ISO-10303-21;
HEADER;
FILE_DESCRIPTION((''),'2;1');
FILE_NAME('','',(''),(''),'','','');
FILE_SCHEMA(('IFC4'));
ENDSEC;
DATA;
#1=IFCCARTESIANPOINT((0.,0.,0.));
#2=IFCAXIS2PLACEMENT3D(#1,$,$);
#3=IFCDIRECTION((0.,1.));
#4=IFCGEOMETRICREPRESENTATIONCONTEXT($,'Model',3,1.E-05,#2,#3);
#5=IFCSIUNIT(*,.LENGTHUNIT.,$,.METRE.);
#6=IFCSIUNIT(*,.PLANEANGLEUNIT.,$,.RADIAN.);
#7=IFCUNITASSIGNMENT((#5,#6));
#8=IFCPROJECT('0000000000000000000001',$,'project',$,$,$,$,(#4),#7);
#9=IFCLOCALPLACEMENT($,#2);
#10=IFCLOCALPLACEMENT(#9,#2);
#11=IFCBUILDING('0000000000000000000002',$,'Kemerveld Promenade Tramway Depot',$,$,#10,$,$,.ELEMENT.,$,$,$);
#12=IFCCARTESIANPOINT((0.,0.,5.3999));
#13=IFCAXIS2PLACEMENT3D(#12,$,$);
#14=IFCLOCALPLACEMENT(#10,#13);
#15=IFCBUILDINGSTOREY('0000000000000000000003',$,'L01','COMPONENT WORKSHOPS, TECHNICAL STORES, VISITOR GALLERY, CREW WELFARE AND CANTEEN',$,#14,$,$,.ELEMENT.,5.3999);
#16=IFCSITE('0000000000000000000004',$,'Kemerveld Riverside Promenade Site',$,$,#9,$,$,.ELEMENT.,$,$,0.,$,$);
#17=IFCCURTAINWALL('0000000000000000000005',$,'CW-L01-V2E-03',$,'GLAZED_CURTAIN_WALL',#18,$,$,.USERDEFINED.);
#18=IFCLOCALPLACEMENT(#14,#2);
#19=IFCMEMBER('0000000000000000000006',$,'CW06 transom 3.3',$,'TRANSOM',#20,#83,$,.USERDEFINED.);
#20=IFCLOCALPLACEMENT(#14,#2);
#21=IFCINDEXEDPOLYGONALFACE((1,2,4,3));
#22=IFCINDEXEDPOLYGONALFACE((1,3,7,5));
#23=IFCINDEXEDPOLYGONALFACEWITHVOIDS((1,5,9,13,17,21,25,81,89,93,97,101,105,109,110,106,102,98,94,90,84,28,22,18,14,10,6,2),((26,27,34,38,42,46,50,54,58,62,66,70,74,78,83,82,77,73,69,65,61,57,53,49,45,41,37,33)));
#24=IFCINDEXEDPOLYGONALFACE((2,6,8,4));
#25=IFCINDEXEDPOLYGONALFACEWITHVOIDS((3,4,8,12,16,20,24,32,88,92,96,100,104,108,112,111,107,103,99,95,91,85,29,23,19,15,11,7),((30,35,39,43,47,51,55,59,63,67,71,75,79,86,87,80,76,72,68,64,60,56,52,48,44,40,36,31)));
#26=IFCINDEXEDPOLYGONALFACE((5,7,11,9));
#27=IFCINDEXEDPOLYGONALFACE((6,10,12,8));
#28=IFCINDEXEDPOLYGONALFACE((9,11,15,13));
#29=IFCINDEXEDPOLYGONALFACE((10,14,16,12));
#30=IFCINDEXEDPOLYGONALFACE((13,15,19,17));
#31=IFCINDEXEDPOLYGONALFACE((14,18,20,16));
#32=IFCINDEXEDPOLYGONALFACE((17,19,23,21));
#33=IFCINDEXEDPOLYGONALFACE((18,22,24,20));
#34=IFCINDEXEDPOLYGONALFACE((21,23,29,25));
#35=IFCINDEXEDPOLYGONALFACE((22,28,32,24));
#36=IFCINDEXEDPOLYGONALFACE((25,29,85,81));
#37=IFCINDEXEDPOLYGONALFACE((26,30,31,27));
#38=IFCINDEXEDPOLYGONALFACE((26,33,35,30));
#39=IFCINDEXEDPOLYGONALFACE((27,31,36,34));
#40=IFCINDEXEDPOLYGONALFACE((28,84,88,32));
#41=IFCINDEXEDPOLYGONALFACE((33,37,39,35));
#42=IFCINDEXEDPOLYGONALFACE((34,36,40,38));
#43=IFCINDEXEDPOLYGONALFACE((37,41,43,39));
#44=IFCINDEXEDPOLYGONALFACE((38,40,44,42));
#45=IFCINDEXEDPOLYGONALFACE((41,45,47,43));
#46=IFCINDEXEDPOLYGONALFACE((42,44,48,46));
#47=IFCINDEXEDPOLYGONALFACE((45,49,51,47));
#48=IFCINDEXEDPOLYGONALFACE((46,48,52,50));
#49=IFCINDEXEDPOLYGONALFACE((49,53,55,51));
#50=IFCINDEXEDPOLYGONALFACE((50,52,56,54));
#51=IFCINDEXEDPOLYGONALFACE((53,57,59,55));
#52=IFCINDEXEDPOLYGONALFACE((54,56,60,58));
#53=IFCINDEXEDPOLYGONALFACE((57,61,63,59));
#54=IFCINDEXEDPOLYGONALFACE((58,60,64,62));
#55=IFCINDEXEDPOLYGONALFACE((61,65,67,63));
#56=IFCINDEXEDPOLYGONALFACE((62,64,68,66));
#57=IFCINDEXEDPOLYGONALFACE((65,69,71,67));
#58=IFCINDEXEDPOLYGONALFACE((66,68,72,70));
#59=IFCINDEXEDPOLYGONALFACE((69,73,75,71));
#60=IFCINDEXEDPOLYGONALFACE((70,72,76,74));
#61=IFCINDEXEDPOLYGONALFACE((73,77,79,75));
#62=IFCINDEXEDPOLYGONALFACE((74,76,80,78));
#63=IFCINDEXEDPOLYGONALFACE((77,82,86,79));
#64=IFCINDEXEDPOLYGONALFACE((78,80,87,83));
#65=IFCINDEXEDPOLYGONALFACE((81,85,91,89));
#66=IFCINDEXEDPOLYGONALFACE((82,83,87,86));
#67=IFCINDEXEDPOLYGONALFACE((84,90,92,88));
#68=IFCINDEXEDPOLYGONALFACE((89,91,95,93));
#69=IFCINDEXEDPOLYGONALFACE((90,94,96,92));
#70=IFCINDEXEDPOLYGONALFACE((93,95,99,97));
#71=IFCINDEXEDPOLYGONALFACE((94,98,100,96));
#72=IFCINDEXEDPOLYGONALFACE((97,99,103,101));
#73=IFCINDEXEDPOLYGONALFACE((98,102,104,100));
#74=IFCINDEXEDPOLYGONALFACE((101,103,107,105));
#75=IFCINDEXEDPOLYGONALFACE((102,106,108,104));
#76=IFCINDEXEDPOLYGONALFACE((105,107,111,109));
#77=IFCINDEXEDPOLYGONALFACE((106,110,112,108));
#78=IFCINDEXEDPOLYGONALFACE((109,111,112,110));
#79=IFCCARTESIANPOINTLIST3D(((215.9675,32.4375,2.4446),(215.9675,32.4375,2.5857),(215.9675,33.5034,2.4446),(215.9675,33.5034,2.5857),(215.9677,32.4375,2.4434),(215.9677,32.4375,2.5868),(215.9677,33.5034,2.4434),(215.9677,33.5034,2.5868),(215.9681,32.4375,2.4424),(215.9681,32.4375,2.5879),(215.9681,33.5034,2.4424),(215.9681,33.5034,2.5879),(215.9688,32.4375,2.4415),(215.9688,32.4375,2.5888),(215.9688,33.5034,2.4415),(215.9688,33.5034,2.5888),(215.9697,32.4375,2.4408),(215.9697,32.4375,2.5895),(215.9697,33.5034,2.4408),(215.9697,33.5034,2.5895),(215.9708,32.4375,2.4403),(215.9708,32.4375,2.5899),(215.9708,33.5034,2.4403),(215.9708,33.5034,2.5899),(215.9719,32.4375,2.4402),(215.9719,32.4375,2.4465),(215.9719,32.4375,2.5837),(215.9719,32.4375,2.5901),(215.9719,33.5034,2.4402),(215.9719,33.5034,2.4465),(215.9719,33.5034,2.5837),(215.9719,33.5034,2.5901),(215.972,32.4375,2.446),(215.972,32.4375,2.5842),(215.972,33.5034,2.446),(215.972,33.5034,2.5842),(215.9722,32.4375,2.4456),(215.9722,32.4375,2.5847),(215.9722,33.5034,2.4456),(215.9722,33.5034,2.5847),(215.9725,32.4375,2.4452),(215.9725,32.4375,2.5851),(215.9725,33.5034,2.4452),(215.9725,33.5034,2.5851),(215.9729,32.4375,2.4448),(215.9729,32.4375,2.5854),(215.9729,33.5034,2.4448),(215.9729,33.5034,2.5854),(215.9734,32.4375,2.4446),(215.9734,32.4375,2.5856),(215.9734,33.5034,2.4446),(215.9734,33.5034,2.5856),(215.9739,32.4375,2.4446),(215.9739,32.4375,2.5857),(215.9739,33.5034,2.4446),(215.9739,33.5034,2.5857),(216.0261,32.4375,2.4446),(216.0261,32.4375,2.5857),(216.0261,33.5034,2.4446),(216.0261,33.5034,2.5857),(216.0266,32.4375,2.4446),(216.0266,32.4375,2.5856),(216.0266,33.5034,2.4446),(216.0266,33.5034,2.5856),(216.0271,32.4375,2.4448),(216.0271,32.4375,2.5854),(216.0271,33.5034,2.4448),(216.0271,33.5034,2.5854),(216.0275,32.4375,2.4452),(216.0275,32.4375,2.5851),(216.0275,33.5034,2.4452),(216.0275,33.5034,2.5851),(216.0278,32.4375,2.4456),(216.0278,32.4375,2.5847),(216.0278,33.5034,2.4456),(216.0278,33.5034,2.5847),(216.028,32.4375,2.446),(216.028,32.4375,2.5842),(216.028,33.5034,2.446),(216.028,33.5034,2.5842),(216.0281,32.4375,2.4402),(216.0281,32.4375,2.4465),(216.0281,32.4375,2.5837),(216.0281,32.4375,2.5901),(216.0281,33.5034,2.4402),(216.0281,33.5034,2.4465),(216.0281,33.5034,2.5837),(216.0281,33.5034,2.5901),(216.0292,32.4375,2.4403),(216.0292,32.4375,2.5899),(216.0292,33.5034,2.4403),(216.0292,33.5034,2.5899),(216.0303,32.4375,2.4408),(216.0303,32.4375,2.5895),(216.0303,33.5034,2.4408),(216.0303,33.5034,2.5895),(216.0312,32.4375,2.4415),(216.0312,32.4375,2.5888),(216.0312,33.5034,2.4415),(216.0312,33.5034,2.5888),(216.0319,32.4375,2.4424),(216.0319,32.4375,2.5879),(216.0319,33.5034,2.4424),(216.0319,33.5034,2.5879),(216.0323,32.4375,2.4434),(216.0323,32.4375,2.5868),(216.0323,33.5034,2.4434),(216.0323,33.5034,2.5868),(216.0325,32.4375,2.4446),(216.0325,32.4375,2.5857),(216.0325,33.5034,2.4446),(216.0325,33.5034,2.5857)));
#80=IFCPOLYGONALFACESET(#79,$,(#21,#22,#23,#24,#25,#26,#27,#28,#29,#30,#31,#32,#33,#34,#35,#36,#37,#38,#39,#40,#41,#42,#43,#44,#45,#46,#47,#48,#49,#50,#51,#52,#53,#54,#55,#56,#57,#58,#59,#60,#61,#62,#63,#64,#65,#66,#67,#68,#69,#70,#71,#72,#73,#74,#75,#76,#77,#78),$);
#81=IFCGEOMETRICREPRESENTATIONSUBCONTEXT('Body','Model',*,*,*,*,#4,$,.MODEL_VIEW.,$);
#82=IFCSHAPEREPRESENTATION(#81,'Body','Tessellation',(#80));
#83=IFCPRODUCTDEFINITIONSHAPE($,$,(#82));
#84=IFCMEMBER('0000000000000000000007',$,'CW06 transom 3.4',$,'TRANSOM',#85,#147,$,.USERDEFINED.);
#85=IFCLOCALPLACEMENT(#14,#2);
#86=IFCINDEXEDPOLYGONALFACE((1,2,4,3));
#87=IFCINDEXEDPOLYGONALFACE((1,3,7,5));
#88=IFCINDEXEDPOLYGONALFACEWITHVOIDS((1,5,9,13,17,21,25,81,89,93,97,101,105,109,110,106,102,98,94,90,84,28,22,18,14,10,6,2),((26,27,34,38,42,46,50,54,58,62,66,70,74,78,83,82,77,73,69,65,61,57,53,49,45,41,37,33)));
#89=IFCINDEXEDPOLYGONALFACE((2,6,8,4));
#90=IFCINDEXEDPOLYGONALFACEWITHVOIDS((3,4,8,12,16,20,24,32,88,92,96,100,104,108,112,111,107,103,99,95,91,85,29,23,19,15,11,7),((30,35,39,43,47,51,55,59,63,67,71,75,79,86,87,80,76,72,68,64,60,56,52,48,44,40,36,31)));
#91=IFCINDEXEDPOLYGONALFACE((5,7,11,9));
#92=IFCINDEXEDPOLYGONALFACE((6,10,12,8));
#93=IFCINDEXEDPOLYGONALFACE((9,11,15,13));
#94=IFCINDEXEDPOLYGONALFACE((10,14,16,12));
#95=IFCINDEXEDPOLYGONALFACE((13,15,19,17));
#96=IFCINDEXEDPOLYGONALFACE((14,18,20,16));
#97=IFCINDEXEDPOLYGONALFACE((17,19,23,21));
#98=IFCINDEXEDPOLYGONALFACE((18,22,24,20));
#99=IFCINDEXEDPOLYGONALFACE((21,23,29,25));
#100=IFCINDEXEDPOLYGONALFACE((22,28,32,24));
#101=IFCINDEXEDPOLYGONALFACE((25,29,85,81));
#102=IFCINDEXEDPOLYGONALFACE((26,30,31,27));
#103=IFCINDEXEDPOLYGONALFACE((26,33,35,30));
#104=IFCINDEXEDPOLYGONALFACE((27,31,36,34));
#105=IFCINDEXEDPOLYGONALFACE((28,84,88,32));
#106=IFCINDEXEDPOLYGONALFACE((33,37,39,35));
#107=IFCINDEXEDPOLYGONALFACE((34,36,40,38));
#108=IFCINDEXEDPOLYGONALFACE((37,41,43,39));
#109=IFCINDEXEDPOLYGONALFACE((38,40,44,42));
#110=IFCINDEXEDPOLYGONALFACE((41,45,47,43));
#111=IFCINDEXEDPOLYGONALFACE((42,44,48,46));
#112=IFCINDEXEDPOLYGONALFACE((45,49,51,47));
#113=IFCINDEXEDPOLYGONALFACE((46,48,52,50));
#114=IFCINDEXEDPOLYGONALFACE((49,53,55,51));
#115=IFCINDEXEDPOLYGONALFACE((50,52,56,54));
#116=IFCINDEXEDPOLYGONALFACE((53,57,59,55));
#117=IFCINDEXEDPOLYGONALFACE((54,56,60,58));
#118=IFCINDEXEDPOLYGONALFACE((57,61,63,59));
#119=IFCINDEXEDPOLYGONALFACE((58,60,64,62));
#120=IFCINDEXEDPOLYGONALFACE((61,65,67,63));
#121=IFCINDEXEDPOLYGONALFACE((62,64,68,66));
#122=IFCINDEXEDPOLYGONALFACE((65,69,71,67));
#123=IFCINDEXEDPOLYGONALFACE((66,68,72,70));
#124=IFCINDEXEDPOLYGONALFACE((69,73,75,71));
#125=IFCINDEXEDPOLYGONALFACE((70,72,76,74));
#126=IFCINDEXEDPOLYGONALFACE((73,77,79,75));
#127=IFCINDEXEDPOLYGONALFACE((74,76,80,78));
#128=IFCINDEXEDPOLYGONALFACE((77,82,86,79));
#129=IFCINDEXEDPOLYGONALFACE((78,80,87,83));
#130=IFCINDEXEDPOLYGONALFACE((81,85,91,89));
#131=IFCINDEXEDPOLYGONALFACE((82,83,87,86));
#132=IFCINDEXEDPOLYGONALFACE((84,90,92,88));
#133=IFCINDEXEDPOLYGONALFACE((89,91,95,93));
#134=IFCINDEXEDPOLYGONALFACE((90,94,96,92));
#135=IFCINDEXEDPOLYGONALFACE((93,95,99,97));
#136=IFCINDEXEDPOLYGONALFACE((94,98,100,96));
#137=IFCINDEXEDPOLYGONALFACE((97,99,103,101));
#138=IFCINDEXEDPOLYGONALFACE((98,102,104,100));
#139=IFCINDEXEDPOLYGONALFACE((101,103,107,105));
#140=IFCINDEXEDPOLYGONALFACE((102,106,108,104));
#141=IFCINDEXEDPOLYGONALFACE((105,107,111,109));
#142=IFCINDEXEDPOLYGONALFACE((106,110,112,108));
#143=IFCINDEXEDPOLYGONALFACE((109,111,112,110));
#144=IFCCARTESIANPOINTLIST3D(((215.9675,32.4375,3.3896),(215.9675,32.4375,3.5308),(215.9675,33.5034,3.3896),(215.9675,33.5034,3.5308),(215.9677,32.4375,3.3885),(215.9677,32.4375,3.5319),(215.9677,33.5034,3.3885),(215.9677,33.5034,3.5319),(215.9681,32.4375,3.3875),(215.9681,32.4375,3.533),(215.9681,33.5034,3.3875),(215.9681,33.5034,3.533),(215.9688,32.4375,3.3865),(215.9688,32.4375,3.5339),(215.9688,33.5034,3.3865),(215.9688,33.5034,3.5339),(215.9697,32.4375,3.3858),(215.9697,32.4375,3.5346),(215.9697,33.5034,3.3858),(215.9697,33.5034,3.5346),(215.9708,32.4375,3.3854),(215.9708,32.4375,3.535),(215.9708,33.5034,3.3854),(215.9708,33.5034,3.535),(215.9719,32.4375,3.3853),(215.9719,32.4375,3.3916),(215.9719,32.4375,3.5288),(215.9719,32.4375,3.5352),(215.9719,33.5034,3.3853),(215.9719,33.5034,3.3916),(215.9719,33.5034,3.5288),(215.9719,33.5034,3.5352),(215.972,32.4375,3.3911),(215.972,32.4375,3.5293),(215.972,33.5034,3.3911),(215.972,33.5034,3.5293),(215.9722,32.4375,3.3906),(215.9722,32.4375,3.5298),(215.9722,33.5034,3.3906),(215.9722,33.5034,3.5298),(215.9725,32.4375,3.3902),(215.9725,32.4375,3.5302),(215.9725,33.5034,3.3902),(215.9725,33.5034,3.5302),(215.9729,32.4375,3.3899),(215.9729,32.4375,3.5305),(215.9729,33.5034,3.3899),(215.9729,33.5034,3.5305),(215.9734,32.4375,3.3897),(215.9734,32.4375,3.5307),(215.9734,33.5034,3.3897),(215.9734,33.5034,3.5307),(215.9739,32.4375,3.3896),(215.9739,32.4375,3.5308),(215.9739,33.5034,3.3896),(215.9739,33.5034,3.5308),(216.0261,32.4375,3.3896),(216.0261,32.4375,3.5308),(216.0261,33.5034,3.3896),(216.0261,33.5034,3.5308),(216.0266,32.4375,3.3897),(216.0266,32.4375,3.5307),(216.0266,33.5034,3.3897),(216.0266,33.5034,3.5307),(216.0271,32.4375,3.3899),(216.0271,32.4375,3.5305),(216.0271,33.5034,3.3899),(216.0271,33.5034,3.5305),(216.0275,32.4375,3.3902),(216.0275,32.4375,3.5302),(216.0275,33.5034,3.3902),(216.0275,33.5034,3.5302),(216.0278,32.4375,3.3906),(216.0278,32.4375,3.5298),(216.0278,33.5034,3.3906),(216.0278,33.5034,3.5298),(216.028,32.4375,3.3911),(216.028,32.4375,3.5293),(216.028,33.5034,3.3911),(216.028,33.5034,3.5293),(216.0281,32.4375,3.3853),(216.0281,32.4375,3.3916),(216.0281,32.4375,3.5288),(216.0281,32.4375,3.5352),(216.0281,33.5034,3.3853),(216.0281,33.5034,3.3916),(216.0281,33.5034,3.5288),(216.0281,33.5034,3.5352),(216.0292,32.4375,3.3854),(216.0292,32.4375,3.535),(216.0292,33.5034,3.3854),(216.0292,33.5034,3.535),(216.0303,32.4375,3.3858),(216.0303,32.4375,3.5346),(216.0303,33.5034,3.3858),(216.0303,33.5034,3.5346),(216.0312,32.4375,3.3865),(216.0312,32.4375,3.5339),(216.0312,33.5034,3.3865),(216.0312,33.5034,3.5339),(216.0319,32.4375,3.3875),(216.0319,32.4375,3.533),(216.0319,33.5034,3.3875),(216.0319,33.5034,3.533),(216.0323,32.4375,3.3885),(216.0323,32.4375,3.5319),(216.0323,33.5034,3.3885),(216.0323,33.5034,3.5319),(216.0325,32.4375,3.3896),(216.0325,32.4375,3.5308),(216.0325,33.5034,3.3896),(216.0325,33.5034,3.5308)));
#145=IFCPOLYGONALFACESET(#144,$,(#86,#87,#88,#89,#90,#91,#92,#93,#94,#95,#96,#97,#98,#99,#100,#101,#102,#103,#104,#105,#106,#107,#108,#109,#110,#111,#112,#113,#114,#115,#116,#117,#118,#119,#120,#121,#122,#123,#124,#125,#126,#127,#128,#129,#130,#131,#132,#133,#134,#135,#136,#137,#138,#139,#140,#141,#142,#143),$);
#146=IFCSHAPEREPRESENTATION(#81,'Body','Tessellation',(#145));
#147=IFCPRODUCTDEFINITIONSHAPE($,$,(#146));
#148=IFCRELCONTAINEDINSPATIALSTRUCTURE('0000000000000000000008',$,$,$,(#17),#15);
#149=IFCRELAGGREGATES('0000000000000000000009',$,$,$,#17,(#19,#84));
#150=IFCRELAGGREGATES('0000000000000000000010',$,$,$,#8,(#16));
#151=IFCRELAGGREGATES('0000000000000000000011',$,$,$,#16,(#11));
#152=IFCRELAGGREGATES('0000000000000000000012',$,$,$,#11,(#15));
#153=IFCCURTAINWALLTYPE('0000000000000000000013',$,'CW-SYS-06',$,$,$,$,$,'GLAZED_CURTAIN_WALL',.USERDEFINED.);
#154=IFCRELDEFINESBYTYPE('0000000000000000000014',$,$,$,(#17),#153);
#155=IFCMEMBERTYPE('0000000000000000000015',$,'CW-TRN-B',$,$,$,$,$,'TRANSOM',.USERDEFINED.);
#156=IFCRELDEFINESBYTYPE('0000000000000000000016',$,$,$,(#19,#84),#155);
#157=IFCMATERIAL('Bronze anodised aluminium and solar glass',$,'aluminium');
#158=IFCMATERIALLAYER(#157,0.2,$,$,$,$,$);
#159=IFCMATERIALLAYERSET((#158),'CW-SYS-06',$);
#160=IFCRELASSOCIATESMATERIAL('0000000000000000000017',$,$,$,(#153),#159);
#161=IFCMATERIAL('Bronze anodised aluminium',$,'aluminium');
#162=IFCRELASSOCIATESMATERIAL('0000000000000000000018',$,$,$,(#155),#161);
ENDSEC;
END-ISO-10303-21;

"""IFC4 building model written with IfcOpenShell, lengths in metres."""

from ifc_helpers import new_model, si_unit, direction, frame, origin, origin_2d, place, context, subcontext, project, spatial, hollow_rectangle, extrude, material, layer, layer_set, material_profile, profile_set, type_object, element, aggregate, save


model = new_model("IFC4")

# Units and contexts
model_context = context("Model", 3, precision=1e-05, world=origin(), true_north=direction((0.0, 1.0)))
body_context = subcontext(model_context, "Body", "Model", "MODEL_VIEW")
ifc_project = project(units=[si_unit("LENGTHUNIT", "METRE"), si_unit("PLANEANGLEUNIT", "RADIAN")], contexts=[model_context])

# Site, building, storey
site_placement = place(None, origin())
site = spatial("IfcSite", under=ifc_project, at=site_placement, Name="Kemerveld Riverside Promenade Site", CompositionType="ELEMENT", RefElevation=0.0)
building_placement = place(site_placement, origin())
building = spatial("IfcBuilding", under=site, at=building_placement, Name="Kemerveld Promenade Tramway Depot", CompositionType="ELEMENT")
storey_placement = place(building_placement, frame((0.0, 0.0, 5.3999)))
storey = spatial("IfcBuildingStorey", under=building, at=storey_placement, Name="L01", Description="COMPONENT WORKSHOPS, TECHNICAL STORES, VISITOR GALLERY, CREW WELFARE AND CANTEEN", CompositionType="ELEMENT", Elevation=5.3999)

# Curtain wall, members
ifc_material_1 = material(Name="Bronze anodised aluminium and solar glass", Category="aluminium")
ifc_layer_1 = layer(ifc_material_1, 0.2)
ifc_layer_set_1 = layer_set([ifc_layer_1], Name="CW-SYS-06")
curtain_wall_type = type_object("IfcCurtainWallType", Name="CW-SYS-06", ElementType="GLAZED_CURTAIN_WALL", PredefinedType="USERDEFINED", material=ifc_layer_set_1)
curtain_wall_placement = place(storey_placement, origin())
curtain_wall = element("IfcCurtainWall", 1, at=curtain_wall_placement, inside=storey, type_object=curtain_wall_type, Name="CW-L01-V2E-03", ObjectType="GLAZED_CURTAIN_WALL", PredefinedType="USERDEFINED")
ifc_material_2 = material(Name="Bronze anodised aluminium", Category="aluminium")
ifc_material_profile_1 = material_profile(ifc_material_2, hollow_rectangle(XDim=0.0649, YDim=0.1499, WallThickness=0.0044, InnerFilletRadius=0.002, OuterFilletRadius=0.0044, at=origin_2d()), Name="CW-TRN-150x65")
ifc_profile_set_1 = profile_set([ifc_material_profile_1], Name="Bronze anodised aluminium")
member_type_1 = type_object("IfcMemberType", Name="CW-TRN-B", ElementType="TRANSOM", PredefinedType="USERDEFINED", material=ifc_profile_set_1)
member_1_placement = place(storey_placement, frame((216.0, 33.5034, 2.5151), z_axis=(0.0, -1.0, 0.0), x_axis=(1.0, 0.0, 0.0)))
member_1 = element("IfcMember", 2, at=member_1_placement, type_object=member_type_1, Name="CW06 transom 3.3", ObjectType="TRANSOM", PredefinedType="USERDEFINED", context=body_context, shape_type="SweptSolid", body=[
    extrude(hollow_rectangle(XDim=0.0649, YDim=0.1499, WallThickness=0.0044, InnerFilletRadius=0.002, OuterFilletRadius=0.0044, at=origin_2d()), origin(), (0.0, 0.0, 1.0), 1.0659),
])
member_2_placement = place(storey_placement, frame((216.0, 33.5034, 3.4602), z_axis=(0.0, -1.0, 0.0), x_axis=(1.0, 0.0, 0.0)))
member_2 = element("IfcMember", 3, at=member_2_placement, type_object=member_type_1, Name="CW06 transom 3.4", ObjectType="TRANSOM", PredefinedType="USERDEFINED", context=body_context, shape_type="SweptSolid", body=[
    extrude(hollow_rectangle(XDim=0.0649, YDim=0.1499, WallThickness=0.0044, InnerFilletRadius=0.002, OuterFilletRadius=0.0044, at=origin_2d()), origin(), (0.0, 0.0, 1.0), 1.0659),
])
aggregate(curtain_wall, [member_1, member_2])

save(model, "model.ifc")
